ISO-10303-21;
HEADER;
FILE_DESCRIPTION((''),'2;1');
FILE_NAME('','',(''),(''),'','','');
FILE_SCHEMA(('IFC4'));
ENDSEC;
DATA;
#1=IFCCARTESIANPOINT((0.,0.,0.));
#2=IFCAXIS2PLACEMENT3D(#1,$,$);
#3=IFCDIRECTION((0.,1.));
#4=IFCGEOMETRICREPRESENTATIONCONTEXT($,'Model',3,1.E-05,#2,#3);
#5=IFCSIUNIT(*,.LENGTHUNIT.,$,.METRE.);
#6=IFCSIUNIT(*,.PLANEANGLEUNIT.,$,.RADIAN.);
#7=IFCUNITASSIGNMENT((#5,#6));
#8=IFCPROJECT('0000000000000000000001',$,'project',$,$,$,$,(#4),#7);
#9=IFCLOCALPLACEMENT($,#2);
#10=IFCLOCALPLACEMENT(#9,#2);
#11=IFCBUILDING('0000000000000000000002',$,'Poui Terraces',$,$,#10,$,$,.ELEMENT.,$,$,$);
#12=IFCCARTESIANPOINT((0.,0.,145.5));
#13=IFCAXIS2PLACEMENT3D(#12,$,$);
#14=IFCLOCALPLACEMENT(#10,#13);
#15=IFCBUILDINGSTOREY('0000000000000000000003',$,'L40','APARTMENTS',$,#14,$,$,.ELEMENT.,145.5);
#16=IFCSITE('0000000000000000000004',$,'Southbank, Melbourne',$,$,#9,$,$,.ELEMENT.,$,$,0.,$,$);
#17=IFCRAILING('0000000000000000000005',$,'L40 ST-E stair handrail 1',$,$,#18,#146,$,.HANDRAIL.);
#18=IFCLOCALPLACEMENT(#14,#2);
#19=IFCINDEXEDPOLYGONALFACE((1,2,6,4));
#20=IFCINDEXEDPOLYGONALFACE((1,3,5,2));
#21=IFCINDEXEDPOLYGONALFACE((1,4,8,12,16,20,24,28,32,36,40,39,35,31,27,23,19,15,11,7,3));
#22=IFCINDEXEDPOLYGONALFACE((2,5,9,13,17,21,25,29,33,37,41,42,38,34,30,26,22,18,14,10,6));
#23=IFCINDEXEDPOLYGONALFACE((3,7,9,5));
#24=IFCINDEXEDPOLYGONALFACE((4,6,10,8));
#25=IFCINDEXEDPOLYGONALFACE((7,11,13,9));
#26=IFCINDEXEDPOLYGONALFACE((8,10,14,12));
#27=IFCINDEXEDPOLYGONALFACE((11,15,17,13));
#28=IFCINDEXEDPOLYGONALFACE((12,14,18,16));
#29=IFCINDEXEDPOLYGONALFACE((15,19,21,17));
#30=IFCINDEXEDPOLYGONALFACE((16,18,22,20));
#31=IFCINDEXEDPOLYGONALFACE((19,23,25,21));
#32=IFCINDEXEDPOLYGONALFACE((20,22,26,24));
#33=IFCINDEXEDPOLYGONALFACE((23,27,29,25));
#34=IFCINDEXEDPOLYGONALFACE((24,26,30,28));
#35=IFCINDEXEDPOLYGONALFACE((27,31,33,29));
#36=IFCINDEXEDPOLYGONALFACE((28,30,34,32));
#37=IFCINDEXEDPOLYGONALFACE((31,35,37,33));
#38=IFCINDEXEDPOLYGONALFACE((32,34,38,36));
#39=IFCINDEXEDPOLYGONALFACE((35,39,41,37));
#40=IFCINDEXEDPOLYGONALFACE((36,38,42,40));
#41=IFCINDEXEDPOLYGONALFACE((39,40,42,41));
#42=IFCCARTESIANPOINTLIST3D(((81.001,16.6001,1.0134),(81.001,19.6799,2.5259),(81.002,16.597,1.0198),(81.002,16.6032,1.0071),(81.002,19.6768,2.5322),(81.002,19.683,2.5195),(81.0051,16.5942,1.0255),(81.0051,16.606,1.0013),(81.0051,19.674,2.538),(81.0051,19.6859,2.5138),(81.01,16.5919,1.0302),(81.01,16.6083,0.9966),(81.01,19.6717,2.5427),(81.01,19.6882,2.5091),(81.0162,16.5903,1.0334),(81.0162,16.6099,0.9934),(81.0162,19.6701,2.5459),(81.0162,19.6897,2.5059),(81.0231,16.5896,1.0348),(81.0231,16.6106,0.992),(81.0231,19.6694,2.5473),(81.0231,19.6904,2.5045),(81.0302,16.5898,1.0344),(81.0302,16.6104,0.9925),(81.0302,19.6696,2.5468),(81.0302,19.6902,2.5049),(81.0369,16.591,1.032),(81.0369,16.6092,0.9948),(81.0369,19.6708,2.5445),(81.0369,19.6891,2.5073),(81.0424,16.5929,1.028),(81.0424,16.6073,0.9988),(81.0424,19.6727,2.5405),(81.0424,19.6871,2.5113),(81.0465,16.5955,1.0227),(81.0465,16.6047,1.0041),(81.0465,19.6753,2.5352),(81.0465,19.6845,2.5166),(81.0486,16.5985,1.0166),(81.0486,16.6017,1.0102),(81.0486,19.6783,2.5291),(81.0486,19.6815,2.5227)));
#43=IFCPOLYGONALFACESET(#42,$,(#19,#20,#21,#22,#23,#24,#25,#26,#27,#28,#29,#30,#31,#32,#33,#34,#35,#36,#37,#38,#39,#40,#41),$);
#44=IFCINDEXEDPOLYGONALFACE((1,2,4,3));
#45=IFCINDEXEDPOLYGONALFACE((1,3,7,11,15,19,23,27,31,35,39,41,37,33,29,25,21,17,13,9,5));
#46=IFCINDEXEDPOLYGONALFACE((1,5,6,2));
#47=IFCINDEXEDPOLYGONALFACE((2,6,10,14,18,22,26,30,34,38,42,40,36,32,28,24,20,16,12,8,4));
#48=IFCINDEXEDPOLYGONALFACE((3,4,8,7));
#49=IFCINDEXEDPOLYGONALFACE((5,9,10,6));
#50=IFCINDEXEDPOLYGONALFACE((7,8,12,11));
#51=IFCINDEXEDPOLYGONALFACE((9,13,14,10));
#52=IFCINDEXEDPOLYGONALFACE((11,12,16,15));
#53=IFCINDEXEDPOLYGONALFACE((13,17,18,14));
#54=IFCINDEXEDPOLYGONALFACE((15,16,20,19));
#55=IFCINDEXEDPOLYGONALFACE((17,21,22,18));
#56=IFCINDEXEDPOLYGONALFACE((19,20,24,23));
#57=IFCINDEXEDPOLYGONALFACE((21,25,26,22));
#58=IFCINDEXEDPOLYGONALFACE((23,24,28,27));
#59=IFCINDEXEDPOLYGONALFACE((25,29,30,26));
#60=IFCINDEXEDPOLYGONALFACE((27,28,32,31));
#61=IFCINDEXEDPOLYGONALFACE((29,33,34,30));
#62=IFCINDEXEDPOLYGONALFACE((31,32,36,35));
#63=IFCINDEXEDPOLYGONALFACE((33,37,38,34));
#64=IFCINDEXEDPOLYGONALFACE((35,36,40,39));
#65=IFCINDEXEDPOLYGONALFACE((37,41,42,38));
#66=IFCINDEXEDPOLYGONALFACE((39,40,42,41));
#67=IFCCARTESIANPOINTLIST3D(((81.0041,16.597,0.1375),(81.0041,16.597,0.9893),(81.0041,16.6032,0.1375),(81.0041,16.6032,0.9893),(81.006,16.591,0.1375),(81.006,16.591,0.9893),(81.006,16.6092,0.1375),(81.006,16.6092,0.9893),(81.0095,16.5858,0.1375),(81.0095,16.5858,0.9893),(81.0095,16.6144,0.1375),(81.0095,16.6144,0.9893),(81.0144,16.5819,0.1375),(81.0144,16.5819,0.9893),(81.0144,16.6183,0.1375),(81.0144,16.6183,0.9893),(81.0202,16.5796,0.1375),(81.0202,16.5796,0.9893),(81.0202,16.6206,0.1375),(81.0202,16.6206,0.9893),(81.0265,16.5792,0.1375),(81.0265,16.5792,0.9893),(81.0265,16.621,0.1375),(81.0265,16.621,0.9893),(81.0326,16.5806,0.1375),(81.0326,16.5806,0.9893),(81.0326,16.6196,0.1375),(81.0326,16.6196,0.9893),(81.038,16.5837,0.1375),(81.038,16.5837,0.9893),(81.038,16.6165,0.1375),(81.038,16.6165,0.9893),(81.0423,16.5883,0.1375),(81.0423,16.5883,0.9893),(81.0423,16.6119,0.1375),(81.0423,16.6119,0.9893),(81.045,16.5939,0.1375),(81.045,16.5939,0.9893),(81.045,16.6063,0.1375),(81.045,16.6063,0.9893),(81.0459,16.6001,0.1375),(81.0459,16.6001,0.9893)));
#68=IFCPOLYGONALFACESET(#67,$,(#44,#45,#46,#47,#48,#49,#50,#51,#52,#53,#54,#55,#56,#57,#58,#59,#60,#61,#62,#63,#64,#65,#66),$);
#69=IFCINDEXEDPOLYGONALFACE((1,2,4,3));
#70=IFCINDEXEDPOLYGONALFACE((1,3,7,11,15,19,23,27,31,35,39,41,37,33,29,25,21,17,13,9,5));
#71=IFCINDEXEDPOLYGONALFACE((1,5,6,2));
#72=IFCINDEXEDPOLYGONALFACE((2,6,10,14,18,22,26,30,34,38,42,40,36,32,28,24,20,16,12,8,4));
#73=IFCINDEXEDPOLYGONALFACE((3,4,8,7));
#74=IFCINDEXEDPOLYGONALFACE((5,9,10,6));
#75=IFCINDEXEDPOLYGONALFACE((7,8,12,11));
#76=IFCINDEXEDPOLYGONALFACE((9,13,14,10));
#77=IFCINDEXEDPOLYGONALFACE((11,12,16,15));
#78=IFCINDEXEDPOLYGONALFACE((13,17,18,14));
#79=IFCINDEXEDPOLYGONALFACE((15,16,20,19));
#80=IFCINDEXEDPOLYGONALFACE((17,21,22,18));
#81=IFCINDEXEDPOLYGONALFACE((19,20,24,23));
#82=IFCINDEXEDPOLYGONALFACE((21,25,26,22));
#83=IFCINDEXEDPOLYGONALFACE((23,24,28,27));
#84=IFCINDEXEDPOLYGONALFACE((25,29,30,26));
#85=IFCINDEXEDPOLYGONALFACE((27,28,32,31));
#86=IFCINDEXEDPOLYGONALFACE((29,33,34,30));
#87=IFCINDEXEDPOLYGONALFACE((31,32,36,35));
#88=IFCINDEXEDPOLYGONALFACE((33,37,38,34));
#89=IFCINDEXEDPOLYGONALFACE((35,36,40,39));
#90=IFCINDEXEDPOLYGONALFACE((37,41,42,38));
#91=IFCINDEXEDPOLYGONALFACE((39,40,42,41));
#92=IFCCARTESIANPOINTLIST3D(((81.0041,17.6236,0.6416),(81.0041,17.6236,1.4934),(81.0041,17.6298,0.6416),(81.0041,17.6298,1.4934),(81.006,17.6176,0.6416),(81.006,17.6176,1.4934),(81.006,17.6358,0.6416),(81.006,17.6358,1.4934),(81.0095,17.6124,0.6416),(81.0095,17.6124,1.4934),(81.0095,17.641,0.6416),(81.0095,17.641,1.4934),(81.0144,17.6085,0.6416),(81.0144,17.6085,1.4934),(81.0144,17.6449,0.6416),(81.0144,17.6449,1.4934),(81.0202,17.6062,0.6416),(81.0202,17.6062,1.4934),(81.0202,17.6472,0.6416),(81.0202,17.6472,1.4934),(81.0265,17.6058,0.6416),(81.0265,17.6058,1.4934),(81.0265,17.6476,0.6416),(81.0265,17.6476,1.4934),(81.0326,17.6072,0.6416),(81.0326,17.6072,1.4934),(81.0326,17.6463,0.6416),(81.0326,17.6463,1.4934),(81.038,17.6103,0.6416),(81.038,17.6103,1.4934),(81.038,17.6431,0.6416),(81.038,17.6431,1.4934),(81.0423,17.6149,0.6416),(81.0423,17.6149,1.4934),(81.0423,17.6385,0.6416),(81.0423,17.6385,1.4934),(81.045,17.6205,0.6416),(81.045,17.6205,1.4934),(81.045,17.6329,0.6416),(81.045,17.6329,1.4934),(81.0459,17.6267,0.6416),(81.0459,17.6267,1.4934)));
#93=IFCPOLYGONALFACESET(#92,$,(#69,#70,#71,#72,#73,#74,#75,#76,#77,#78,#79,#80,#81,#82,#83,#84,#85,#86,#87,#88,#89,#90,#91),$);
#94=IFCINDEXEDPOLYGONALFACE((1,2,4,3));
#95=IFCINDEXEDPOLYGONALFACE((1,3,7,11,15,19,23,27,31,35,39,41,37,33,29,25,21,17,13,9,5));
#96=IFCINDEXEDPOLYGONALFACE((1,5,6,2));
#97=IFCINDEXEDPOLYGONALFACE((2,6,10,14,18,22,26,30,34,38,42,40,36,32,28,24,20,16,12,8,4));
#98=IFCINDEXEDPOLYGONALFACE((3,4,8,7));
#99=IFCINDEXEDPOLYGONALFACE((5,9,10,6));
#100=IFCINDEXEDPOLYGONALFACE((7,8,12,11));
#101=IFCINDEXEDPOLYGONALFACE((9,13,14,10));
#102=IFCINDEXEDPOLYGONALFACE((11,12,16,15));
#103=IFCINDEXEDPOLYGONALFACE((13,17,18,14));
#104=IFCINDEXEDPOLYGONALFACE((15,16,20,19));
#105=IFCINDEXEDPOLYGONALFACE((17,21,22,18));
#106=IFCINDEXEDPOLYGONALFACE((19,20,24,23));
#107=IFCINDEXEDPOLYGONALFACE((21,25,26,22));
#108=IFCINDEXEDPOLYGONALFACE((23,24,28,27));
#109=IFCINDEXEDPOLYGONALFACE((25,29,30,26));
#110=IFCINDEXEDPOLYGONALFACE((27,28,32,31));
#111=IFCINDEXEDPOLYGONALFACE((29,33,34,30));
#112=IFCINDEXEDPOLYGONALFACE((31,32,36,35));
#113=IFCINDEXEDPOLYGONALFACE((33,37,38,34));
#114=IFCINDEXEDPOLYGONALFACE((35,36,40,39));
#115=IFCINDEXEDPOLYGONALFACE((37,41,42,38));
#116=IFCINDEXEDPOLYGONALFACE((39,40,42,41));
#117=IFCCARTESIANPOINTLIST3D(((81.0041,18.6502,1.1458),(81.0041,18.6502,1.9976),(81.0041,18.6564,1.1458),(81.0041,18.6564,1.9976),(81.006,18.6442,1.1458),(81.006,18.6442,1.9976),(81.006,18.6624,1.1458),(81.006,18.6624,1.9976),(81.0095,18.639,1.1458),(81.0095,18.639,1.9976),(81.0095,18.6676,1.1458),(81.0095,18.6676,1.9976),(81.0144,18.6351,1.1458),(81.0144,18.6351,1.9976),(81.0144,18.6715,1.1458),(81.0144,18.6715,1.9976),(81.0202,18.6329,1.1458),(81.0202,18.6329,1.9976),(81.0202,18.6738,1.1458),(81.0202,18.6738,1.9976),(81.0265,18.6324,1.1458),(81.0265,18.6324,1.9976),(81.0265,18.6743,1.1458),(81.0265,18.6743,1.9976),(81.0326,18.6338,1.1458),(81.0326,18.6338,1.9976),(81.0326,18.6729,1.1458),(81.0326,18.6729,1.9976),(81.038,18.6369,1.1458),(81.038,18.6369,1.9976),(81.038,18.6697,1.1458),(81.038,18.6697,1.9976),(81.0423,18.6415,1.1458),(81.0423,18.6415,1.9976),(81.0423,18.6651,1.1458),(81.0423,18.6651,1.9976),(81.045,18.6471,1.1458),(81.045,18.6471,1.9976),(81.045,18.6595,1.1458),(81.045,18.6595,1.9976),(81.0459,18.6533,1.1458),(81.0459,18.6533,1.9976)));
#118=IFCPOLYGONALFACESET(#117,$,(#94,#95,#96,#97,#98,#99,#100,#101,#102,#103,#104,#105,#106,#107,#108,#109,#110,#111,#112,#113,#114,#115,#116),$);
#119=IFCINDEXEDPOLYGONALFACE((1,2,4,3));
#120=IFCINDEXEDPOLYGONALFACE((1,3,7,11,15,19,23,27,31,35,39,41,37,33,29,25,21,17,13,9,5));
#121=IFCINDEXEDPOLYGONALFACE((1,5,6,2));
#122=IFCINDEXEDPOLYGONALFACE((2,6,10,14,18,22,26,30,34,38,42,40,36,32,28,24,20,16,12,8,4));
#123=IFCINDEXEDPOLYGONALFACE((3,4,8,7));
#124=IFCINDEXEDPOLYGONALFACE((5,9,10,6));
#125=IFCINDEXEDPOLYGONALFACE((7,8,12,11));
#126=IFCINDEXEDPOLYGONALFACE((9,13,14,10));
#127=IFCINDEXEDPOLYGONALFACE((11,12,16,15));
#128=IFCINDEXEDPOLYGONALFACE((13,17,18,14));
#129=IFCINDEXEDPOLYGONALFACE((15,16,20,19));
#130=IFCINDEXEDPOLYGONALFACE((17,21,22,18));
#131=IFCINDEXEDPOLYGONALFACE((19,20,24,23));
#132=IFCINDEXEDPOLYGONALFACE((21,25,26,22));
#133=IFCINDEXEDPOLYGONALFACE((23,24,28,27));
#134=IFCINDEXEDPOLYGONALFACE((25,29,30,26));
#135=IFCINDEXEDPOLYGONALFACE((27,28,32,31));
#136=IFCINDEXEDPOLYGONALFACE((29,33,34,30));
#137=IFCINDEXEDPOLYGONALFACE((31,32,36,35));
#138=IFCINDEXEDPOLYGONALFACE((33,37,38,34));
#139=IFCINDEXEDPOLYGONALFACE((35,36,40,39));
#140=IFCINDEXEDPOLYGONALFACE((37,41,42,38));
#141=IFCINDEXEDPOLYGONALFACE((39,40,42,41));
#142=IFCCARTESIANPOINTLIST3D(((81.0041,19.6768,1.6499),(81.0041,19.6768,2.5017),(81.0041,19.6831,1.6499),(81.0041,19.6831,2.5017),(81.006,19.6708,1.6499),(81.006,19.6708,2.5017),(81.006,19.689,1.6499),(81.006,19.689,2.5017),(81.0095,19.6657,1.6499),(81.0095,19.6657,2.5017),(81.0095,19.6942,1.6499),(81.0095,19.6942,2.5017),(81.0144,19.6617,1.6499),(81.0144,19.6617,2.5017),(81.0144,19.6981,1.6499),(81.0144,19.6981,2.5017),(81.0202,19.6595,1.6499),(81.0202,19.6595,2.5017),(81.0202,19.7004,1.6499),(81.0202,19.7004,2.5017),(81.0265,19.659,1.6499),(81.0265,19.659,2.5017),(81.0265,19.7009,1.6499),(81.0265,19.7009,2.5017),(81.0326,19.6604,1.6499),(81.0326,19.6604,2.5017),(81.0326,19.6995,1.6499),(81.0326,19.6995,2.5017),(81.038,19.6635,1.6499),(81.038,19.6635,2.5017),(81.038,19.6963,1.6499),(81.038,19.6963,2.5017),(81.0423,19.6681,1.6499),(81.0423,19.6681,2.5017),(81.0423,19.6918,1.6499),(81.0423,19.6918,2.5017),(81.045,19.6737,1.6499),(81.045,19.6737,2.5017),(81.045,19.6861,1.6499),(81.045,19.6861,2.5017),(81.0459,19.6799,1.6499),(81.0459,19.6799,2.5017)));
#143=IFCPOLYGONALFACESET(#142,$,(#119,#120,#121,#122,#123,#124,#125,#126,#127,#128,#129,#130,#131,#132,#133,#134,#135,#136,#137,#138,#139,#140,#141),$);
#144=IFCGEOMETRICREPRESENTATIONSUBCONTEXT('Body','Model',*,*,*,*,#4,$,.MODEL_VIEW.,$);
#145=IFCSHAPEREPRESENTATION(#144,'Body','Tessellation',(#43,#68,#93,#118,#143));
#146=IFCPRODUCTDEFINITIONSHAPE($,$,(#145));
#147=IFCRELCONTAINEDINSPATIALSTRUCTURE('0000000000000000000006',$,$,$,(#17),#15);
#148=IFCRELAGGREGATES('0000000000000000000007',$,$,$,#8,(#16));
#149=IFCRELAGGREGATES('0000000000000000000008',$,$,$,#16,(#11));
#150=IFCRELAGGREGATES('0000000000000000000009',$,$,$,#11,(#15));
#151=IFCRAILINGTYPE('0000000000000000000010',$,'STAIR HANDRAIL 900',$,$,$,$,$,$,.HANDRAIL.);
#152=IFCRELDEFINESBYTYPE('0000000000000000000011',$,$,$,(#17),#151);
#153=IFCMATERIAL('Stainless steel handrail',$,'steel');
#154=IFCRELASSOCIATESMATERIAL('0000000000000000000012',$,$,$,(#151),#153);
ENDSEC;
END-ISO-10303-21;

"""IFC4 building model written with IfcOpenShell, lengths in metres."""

from ifc_helpers import new_model, si_unit, direction, frame, origin, origin_2d, place, context, subcontext, project, spatial, circle, extrude, material, type_object, element, save


model = new_model("IFC4")

# Units and contexts
model_context = context("Model", 3, precision=1e-05, world=origin(), true_north=direction((0.0, 1.0)))
body_context = subcontext(model_context, "Body", "Model", "MODEL_VIEW")
ifc_project = project(units=[si_unit("LENGTHUNIT", "METRE"), si_unit("PLANEANGLEUNIT", "RADIAN")], contexts=[model_context])

# Site, building, storey
site_placement = place(None, origin())
site = spatial("IfcSite", under=ifc_project, at=site_placement, Name="Southbank, Melbourne", CompositionType="ELEMENT", RefElevation=0.0)
building_placement = place(site_placement, origin())
building = spatial("IfcBuilding", under=site, at=building_placement, Name="Poui Terraces", CompositionType="ELEMENT")
storey_placement = place(building_placement, frame((0.0, 0.0, 145.5)))
storey = spatial("IfcBuildingStorey", under=building, at=storey_placement, Name="L40", Description="APARTMENTS", CompositionType="ELEMENT", Elevation=145.5)

# Railing
ifc_material_1 = material(Name="Stainless steel handrail", Category="steel")
railing_type_1 = type_object("IfcRailingType", Name="STAIR HANDRAIL 900", PredefinedType="HANDRAIL", material=ifc_material_1)
railing_1_placement = place(storey_placement, frame((81.0249, 16.6001, 0.1375)))
element("IfcRailing", 1, at=railing_1_placement, inside=storey, type_object=railing_type_1, Name="L40 ST-E stair handrail 1", PredefinedType="HANDRAIL", context=body_context, shape_type="SweptSolid", body=[
    extrude(circle(Radius=0.0239, at=origin_2d()), frame((0.0, 0.0, 0.876), z_axis=(0.0, 0.897606, 0.440798), x_axis=(-1.0, 0.0, 0.0)), (0.0, 0.0, 1.0), 3.4312),
    extrude(circle(Radius=0.021, at=origin_2d()), origin(), (0.0, 0.0, 1.0), 0.8518),
    extrude(circle(Radius=0.021, at=origin_2d()), frame((0.0, 1.0266, 0.5042)), (0.0, 0.0, 1.0), 0.8518),
    extrude(circle(Radius=0.021, at=origin_2d()), frame((0.0, 2.0532, 1.0083)), (0.0, 0.0, 1.0), 0.8518),
    extrude(circle(Radius=0.021, at=origin_2d()), frame((0.0, 3.0798, 1.5125)), (0.0, 0.0, 1.0), 0.8518),
])

save(model, "model.ifc")
